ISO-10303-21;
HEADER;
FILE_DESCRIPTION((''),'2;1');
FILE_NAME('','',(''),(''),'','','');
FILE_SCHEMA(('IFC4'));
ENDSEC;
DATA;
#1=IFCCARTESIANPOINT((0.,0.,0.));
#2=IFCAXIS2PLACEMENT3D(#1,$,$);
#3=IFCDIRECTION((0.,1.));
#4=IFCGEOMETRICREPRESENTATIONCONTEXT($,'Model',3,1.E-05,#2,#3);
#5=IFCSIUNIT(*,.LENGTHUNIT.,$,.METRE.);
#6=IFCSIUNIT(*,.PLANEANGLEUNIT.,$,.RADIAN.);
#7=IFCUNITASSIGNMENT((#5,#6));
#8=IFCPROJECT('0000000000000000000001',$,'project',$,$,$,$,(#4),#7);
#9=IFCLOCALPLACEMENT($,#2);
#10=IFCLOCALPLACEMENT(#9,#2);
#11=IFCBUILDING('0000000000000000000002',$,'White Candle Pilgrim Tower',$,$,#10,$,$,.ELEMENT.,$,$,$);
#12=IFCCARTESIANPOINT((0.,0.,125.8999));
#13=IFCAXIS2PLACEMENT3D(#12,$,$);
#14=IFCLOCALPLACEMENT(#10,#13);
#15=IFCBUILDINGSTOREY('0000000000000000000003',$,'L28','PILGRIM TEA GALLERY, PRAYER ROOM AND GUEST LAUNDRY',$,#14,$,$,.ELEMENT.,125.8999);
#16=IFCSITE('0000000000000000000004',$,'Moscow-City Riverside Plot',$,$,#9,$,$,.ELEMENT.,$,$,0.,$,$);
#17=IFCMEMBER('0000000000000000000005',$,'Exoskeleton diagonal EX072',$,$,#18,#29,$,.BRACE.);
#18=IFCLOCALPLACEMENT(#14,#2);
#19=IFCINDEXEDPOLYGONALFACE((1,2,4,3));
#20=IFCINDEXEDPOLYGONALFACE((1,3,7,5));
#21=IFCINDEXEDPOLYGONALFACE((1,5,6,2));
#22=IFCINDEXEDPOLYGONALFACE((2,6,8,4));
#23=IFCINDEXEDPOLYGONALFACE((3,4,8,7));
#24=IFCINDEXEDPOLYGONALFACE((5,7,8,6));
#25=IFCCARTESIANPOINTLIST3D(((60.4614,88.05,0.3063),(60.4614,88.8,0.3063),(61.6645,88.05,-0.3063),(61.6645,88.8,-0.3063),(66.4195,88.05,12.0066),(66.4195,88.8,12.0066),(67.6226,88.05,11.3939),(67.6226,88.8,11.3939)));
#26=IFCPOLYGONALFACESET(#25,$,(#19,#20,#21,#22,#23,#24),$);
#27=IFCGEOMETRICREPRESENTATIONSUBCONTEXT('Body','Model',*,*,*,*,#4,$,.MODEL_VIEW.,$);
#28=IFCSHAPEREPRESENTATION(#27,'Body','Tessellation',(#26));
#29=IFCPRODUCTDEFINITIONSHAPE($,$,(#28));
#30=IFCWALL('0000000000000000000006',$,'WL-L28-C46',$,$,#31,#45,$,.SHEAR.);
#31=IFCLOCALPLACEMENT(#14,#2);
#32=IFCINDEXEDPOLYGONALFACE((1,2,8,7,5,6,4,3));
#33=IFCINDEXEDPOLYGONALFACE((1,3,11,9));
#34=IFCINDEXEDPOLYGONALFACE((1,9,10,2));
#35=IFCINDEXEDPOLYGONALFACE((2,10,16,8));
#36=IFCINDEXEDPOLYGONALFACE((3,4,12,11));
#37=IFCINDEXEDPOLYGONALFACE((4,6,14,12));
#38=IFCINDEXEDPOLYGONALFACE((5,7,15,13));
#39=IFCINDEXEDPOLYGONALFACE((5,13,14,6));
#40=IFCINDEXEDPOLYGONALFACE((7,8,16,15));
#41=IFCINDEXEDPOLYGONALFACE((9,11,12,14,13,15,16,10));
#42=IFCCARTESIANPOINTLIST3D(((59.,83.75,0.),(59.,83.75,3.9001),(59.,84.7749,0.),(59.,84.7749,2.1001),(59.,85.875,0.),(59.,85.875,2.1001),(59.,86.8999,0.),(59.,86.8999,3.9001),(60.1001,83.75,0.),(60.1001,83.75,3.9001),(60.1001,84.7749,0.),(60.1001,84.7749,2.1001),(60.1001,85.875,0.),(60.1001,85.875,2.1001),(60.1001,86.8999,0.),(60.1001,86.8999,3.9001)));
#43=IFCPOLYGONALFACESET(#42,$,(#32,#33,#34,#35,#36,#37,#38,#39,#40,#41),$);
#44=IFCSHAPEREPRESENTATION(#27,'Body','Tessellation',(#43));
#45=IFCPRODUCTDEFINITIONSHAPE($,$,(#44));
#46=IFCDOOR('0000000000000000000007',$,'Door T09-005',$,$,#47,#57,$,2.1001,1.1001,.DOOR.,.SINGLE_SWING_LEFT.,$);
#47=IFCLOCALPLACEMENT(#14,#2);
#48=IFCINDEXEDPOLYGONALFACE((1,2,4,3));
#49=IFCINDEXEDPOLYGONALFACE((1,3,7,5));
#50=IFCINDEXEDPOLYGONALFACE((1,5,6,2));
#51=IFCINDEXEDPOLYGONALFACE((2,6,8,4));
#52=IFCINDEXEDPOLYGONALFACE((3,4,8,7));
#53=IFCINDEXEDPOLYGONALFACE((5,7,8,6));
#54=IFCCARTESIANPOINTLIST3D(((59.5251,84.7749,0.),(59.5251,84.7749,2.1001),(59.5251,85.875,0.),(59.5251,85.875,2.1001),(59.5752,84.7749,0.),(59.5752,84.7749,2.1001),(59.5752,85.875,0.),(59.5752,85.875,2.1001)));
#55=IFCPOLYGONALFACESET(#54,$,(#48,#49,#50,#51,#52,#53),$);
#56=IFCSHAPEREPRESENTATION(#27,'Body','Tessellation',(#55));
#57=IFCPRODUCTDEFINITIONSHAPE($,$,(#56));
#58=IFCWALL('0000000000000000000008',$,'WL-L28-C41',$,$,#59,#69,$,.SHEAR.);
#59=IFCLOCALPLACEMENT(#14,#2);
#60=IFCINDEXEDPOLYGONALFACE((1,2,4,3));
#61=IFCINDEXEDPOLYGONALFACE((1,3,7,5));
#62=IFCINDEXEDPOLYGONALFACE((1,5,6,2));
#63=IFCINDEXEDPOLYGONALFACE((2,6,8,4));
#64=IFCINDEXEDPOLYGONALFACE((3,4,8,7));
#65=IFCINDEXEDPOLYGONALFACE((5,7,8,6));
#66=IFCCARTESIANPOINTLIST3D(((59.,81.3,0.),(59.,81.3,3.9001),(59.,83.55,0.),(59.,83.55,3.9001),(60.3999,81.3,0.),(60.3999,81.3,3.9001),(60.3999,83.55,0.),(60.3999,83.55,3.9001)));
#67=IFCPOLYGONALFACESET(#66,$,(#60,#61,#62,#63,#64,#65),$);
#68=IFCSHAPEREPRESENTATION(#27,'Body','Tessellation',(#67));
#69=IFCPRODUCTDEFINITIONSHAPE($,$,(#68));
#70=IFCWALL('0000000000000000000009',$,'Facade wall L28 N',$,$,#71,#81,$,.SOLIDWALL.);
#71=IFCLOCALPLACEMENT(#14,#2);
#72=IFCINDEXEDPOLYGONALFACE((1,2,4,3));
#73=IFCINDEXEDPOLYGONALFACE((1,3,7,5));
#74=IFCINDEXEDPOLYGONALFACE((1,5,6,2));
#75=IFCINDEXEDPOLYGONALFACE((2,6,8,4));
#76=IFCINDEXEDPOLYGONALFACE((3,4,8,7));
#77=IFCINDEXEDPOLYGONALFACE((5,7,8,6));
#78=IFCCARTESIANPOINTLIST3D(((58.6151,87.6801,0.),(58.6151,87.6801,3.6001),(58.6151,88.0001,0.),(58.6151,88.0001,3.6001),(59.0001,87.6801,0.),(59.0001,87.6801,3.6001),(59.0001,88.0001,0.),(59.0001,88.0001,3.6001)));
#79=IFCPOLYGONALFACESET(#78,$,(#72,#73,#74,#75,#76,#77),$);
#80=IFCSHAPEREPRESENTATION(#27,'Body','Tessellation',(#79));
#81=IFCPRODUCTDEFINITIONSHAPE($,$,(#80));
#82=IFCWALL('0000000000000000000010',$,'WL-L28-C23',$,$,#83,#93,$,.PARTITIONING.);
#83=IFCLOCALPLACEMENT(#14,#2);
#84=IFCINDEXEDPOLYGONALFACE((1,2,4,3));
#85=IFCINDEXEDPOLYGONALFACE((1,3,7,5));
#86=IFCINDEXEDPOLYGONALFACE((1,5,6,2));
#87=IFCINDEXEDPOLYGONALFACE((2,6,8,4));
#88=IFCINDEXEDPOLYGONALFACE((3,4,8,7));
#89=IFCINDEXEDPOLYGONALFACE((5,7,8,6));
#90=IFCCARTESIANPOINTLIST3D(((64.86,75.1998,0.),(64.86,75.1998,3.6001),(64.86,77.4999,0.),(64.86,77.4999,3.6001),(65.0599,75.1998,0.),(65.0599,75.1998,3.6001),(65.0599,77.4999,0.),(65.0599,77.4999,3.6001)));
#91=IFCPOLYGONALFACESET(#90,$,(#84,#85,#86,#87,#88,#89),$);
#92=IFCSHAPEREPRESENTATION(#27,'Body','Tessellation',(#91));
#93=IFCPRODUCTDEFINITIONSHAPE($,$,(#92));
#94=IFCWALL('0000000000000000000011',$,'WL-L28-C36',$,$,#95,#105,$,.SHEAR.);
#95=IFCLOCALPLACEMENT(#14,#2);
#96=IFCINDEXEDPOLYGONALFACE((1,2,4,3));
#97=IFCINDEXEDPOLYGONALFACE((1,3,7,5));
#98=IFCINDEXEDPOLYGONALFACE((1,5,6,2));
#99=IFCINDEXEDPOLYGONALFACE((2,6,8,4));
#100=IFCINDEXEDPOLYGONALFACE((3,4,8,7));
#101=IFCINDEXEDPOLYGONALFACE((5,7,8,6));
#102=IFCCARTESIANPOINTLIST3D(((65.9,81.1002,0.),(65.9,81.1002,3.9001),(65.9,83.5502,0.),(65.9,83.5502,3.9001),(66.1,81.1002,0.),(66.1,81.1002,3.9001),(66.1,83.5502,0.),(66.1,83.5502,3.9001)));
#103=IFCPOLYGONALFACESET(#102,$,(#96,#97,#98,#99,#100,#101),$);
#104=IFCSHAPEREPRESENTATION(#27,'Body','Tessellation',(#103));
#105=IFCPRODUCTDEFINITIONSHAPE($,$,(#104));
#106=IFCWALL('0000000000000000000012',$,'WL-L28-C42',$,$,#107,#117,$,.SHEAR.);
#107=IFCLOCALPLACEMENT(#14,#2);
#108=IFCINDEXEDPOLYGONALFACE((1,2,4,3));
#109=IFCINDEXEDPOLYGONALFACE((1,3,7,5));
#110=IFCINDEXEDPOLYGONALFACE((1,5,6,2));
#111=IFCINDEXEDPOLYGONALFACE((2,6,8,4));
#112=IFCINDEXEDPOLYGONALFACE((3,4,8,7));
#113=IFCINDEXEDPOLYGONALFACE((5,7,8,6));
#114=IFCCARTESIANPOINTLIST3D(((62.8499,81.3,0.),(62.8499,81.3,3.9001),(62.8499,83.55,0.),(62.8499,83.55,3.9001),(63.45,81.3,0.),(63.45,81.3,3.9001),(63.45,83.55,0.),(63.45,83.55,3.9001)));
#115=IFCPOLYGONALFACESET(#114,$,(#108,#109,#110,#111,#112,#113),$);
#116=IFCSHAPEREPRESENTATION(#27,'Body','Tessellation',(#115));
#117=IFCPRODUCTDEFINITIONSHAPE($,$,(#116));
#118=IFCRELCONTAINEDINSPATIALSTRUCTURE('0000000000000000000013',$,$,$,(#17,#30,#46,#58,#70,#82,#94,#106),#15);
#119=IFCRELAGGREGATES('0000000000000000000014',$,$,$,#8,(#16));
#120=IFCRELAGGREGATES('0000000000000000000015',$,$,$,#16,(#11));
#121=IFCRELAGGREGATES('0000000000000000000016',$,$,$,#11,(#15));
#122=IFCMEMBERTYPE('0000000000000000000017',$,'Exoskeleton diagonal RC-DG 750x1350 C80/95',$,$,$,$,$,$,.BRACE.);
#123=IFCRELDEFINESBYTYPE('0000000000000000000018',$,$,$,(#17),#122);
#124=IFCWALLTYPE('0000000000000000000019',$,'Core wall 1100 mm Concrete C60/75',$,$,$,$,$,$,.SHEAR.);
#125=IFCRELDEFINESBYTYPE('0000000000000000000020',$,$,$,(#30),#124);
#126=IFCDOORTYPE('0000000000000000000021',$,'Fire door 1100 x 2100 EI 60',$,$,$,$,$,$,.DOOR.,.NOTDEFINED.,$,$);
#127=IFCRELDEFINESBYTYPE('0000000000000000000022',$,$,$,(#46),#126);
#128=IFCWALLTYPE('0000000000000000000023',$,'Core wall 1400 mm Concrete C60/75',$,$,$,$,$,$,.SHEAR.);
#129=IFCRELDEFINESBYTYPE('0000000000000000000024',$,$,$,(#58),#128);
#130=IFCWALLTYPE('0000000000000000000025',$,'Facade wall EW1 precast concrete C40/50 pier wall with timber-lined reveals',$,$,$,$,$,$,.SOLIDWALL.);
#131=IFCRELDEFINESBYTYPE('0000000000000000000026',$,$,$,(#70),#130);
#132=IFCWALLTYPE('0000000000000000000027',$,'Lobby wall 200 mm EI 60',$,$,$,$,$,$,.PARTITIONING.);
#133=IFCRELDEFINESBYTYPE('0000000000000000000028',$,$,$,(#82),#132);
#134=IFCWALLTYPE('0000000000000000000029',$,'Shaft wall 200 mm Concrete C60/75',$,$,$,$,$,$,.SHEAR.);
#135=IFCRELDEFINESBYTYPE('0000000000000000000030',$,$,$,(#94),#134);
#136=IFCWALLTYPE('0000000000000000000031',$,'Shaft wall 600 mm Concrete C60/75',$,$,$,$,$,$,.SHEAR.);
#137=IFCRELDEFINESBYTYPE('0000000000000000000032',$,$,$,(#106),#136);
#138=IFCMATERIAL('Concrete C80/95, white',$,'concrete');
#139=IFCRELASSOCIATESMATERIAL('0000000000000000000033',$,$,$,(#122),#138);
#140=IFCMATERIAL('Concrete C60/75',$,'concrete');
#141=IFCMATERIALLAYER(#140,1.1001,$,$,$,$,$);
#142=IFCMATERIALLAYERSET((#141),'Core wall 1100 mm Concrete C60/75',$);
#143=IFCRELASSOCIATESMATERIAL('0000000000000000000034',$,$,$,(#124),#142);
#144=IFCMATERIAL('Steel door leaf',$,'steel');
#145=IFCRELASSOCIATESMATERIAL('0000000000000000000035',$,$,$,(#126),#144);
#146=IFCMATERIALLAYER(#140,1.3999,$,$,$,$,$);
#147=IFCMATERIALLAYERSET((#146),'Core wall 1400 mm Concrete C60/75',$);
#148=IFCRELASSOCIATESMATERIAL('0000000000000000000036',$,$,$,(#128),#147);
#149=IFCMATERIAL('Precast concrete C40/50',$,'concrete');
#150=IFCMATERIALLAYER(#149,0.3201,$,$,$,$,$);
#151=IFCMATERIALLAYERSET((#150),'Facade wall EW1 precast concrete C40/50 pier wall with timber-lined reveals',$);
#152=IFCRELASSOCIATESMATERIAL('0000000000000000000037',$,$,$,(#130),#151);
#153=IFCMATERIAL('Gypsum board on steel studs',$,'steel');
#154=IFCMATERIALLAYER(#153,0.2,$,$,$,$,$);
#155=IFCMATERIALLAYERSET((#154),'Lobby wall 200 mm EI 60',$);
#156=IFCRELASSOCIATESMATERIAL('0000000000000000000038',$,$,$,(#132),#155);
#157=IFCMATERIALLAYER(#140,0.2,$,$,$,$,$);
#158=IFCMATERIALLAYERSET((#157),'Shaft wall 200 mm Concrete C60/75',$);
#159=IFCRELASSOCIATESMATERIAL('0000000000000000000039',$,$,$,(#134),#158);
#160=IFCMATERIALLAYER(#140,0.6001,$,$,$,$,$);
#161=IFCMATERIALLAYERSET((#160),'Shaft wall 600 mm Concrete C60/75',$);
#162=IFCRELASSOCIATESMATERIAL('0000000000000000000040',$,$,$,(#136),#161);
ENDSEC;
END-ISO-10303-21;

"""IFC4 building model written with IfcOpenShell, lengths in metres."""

from ifc_helpers import new_model, si_unit, direction, frame, frame_2d, origin, origin_2d, place, context, subcontext, project, spatial, rectangle, extrude, material, layer, layer_set, material_profile, profile_set, type_object, element, fill, save


model = new_model("IFC4")

# Units and contexts
model_context = context("Model", 3, precision=1e-05, world=origin(), true_north=direction((0.0, 1.0)))
body_context = subcontext(model_context, "Body", "Model", "MODEL_VIEW")
ifc_project = project(units=[si_unit("LENGTHUNIT", "METRE"), si_unit("PLANEANGLEUNIT", "RADIAN")], contexts=[model_context])

# Site, building, storey
site_placement = place(None, origin())
site = spatial("IfcSite", under=ifc_project, at=site_placement, Name="Moscow-City Riverside Plot", CompositionType="ELEMENT", RefElevation=0.0)
building_placement = place(site_placement, origin())
building = spatial("IfcBuilding", under=site, at=building_placement, Name="White Candle Pilgrim Tower", CompositionType="ELEMENT")
storey_placement = place(building_placement, frame((0.0, 0.0, 125.8999)))
storey = spatial("IfcBuildingStorey", under=building, at=storey_placement, Name="L28", Description="PILGRIM TEA GALLERY, PRAYER ROOM AND GUEST LAUNDRY", CompositionType="ELEMENT", Elevation=125.8999)

# Member
ifc_material_1 = material(Name="Concrete C80/95, white", Category="concrete")
ifc_material_profile = material_profile(ifc_material_1, rectangle(XDim=0.75, YDim=1.3501, at=origin_2d()), Name="RC-DG 750x1350")
ifc_profile_set = profile_set([ifc_material_profile], Name="Concrete C80/95, white")
member_type = type_object("IfcMemberType", Name="Exoskeleton diagonal RC-DG 750x1350 C80/95", PredefinedType="BRACE", material=ifc_profile_set)
member_placement = place(storey_placement, frame((61.063, 88.425, 0.0), z_axis=(0.453776, 0.0, 0.891116), x_axis=(0.0, 1.0, 0.0)))
element("IfcMember", 1, at=member_placement, inside=storey, type_object=member_type, Name="Exoskeleton diagonal EX072", PredefinedType="BRACE", context=body_context, shape_type="SweptSolid", body=[
    extrude(rectangle(XDim=0.75, YDim=1.3501, at=origin_2d()), origin(), (0.0, 0.0, 1.0), 13.1299),
])

# Wall, opening, door
ifc_material_2 = material(Name="Concrete C60/75", Category="concrete")
ifc_layer_1 = layer(ifc_material_2, 1.1001)
ifc_layer_set_1 = layer_set([ifc_layer_1], Name="Core wall 1100 mm Concrete C60/75")
wall_type_1 = type_object("IfcWallType", Name="Core wall 1100 mm Concrete C60/75", PredefinedType="SHEAR", material=ifc_layer_set_1)
wall_1_placement = place(storey_placement, frame((59.55, 83.75, 0.0), z_axis=(0.0, 0.0, 1.0), x_axis=(0.0, 1.0, 0.0)))
wall_1 = element("IfcWall", 2, at=wall_1_placement, inside=storey, type_object=wall_type_1, Name="WL-L28-C46", PredefinedType="SHEAR", context=body_context, shape_type="SweptSolid", body=[
    extrude(rectangle(XDim=3.1499, YDim=1.1001, at=frame_2d((1.575, 0.0))), origin(), (0.0, 0.0, 1.0), 3.9001),
])
opening_1_placement = place(wall_1_placement, frame((1.0249, 0.0, 0.0)))
opening_1 = element("IfcOpeningElement", 3, at=opening_1_placement, cuts=wall_1, PredefinedType="OPENING", context=body_context, shape_type="SweptSolid", body=[
    extrude(rectangle(XDim=1.1001, YDim=2.1001, at=frame_2d((0.55, 1.05))), frame((0.0, 0.5601, 0.0), z_axis=(0.0, -1.0, 0.0), x_axis=(1.0, 0.0, 0.0)), (0.0, 0.0, 1.0), 1.1201),
])
ifc_material_3 = material(Name="Steel door leaf", Category="steel")
door_type_1 = type_object("IfcDoorType", Name="Fire door 1100 x 2100 EI 60", OperationType="NOTDEFINED", PredefinedType="DOOR", material=ifc_material_3)
door_1_placement = place(opening_1_placement, origin())
door_1 = element("IfcDoor", 4, at=door_1_placement, inside=storey, type_object=door_type_1, Name="Door T09-005", OperationType="SINGLE_SWING_LEFT", OverallHeight=2.1001, OverallWidth=1.1001, PredefinedType="DOOR", context=body_context, shape_type="SweptSolid", body=[
    extrude(rectangle(XDim=1.1001, YDim=2.1001, at=frame_2d((0.55, 1.05))), frame((0.0, 0.0249, 0.0), z_axis=(0.0, -1.0, 0.0), x_axis=(1.0, 0.0, 0.0)), (0.0, 0.0, 1.0), 0.05),
])
fill(opening_1, door_1)

# Walls
ifc_layer_2 = layer(ifc_material_2, 1.3999)
ifc_layer_set_2 = layer_set([ifc_layer_2], Name="Core wall 1400 mm Concrete C60/75")
wall_type_2 = type_object("IfcWallType", Name="Core wall 1400 mm Concrete C60/75", PredefinedType="SHEAR", material=ifc_layer_set_2)
wall_2_placement = place(storey_placement, frame((59.7, 81.3, 0.0), z_axis=(0.0, 0.0, 1.0), x_axis=(0.0, 1.0, 0.0)))
element("IfcWall", 5, at=wall_2_placement, inside=storey, type_object=wall_type_2, Name="WL-L28-C41", PredefinedType="SHEAR", context=body_context, shape_type="SweptSolid", body=[
    extrude(rectangle(XDim=2.25, YDim=1.3999, at=frame_2d((1.125, 0.0))), origin(), (0.0, 0.0, 1.0), 3.9001),
])
ifc_material_4 = material(Name="Precast concrete C40/50", Category="concrete")
ifc_layer_3 = layer(ifc_material_4, 0.3201)
ifc_layer_set_3 = layer_set([ifc_layer_3], Name="Facade wall EW1 precast concrete C40/50 pier wall with timber-lined reveals")
wall_type_3 = type_object("IfcWallType", Name="Facade wall EW1 precast concrete C40/50 pier wall with timber-lined reveals", PredefinedType="SOLIDWALL", material=ifc_layer_set_3)
wall_3_placement = place(storey_placement, frame((59.0, 87.8401, 0.0), z_axis=(0.0, 0.0, 1.0), x_axis=(-1.0, 0.0, 0.0)))
element("IfcWall", 6, at=wall_3_placement, inside=storey, type_object=wall_type_3, Name="Facade wall L28 N", PredefinedType="SOLIDWALL", context=body_context, shape_type="SweptSolid", body=[
    extrude(rectangle(XDim=0.385, YDim=0.3201, at=frame_2d((0.1924, 0.0))), origin(), (0.0, 0.0, 1.0), 3.6001),
])
ifc_material_5 = material(Name="Gypsum board on steel studs", Category="steel")
ifc_layer_4 = layer(ifc_material_5, 0.2)
ifc_layer_set_4 = layer_set([ifc_layer_4], Name="Lobby wall 200 mm EI 60")
wall_type_4 = type_object("IfcWallType", Name="Lobby wall 200 mm EI 60", PredefinedType="PARTITIONING", material=ifc_layer_set_4)
wall_4_placement = place(storey_placement, frame((64.96, 75.2, 0.0), z_axis=(0.0, 0.0, 1.0), x_axis=(0.0, 1.0, 0.0)))
element("IfcWall", 7, at=wall_4_placement, inside=storey, type_object=wall_type_4, Name="WL-L28-C23", PredefinedType="PARTITIONING", context=body_context, shape_type="SweptSolid", body=[
    extrude(rectangle(XDim=2.3, YDim=0.2, at=frame_2d((1.1499, 0.0))), origin(), (0.0, 0.0, 1.0), 3.6001),
])
ifc_layer_5 = layer(ifc_material_2, 0.2)
ifc_layer_set_5 = layer_set([ifc_layer_5], Name="Shaft wall 200 mm Concrete C60/75")
wall_type_5 = type_object("IfcWallType", Name="Shaft wall 200 mm Concrete C60/75", PredefinedType="SHEAR", material=ifc_layer_set_5)
wall_5_placement = place(storey_placement, frame((66.0, 81.1001, 0.0), z_axis=(0.0, 0.0, 1.0), x_axis=(0.0, 1.0, 0.0)))
element("IfcWall", 8, at=wall_5_placement, inside=storey, type_object=wall_type_5, Name="WL-L28-C36", PredefinedType="SHEAR", context=body_context, shape_type="SweptSolid", body=[
    extrude(rectangle(XDim=2.45, YDim=0.2, at=frame_2d((1.2251, 0.0))), origin(), (0.0, 0.0, 1.0), 3.9001),
])
ifc_layer_6 = layer(ifc_material_2, 0.6001)
ifc_layer_set_6 = layer_set([ifc_layer_6], Name="Shaft wall 600 mm Concrete C60/75")
wall_type_6 = type_object("IfcWallType", Name="Shaft wall 600 mm Concrete C60/75", PredefinedType="SHEAR", material=ifc_layer_set_6)
wall_6_placement = place(storey_placement, frame((63.1499, 81.3, 0.0), z_axis=(0.0, 0.0, 1.0), x_axis=(0.0, 1.0, 0.0)))
element("IfcWall", 9, at=wall_6_placement, inside=storey, type_object=wall_type_6, Name="WL-L28-C42", PredefinedType="SHEAR", context=body_context, shape_type="SweptSolid", body=[
    extrude(rectangle(XDim=2.25, YDim=0.6001, at=frame_2d((1.125, 0.0))), origin(), (0.0, 0.0, 1.0), 3.9001),
])

save(model, "model.ifc")
